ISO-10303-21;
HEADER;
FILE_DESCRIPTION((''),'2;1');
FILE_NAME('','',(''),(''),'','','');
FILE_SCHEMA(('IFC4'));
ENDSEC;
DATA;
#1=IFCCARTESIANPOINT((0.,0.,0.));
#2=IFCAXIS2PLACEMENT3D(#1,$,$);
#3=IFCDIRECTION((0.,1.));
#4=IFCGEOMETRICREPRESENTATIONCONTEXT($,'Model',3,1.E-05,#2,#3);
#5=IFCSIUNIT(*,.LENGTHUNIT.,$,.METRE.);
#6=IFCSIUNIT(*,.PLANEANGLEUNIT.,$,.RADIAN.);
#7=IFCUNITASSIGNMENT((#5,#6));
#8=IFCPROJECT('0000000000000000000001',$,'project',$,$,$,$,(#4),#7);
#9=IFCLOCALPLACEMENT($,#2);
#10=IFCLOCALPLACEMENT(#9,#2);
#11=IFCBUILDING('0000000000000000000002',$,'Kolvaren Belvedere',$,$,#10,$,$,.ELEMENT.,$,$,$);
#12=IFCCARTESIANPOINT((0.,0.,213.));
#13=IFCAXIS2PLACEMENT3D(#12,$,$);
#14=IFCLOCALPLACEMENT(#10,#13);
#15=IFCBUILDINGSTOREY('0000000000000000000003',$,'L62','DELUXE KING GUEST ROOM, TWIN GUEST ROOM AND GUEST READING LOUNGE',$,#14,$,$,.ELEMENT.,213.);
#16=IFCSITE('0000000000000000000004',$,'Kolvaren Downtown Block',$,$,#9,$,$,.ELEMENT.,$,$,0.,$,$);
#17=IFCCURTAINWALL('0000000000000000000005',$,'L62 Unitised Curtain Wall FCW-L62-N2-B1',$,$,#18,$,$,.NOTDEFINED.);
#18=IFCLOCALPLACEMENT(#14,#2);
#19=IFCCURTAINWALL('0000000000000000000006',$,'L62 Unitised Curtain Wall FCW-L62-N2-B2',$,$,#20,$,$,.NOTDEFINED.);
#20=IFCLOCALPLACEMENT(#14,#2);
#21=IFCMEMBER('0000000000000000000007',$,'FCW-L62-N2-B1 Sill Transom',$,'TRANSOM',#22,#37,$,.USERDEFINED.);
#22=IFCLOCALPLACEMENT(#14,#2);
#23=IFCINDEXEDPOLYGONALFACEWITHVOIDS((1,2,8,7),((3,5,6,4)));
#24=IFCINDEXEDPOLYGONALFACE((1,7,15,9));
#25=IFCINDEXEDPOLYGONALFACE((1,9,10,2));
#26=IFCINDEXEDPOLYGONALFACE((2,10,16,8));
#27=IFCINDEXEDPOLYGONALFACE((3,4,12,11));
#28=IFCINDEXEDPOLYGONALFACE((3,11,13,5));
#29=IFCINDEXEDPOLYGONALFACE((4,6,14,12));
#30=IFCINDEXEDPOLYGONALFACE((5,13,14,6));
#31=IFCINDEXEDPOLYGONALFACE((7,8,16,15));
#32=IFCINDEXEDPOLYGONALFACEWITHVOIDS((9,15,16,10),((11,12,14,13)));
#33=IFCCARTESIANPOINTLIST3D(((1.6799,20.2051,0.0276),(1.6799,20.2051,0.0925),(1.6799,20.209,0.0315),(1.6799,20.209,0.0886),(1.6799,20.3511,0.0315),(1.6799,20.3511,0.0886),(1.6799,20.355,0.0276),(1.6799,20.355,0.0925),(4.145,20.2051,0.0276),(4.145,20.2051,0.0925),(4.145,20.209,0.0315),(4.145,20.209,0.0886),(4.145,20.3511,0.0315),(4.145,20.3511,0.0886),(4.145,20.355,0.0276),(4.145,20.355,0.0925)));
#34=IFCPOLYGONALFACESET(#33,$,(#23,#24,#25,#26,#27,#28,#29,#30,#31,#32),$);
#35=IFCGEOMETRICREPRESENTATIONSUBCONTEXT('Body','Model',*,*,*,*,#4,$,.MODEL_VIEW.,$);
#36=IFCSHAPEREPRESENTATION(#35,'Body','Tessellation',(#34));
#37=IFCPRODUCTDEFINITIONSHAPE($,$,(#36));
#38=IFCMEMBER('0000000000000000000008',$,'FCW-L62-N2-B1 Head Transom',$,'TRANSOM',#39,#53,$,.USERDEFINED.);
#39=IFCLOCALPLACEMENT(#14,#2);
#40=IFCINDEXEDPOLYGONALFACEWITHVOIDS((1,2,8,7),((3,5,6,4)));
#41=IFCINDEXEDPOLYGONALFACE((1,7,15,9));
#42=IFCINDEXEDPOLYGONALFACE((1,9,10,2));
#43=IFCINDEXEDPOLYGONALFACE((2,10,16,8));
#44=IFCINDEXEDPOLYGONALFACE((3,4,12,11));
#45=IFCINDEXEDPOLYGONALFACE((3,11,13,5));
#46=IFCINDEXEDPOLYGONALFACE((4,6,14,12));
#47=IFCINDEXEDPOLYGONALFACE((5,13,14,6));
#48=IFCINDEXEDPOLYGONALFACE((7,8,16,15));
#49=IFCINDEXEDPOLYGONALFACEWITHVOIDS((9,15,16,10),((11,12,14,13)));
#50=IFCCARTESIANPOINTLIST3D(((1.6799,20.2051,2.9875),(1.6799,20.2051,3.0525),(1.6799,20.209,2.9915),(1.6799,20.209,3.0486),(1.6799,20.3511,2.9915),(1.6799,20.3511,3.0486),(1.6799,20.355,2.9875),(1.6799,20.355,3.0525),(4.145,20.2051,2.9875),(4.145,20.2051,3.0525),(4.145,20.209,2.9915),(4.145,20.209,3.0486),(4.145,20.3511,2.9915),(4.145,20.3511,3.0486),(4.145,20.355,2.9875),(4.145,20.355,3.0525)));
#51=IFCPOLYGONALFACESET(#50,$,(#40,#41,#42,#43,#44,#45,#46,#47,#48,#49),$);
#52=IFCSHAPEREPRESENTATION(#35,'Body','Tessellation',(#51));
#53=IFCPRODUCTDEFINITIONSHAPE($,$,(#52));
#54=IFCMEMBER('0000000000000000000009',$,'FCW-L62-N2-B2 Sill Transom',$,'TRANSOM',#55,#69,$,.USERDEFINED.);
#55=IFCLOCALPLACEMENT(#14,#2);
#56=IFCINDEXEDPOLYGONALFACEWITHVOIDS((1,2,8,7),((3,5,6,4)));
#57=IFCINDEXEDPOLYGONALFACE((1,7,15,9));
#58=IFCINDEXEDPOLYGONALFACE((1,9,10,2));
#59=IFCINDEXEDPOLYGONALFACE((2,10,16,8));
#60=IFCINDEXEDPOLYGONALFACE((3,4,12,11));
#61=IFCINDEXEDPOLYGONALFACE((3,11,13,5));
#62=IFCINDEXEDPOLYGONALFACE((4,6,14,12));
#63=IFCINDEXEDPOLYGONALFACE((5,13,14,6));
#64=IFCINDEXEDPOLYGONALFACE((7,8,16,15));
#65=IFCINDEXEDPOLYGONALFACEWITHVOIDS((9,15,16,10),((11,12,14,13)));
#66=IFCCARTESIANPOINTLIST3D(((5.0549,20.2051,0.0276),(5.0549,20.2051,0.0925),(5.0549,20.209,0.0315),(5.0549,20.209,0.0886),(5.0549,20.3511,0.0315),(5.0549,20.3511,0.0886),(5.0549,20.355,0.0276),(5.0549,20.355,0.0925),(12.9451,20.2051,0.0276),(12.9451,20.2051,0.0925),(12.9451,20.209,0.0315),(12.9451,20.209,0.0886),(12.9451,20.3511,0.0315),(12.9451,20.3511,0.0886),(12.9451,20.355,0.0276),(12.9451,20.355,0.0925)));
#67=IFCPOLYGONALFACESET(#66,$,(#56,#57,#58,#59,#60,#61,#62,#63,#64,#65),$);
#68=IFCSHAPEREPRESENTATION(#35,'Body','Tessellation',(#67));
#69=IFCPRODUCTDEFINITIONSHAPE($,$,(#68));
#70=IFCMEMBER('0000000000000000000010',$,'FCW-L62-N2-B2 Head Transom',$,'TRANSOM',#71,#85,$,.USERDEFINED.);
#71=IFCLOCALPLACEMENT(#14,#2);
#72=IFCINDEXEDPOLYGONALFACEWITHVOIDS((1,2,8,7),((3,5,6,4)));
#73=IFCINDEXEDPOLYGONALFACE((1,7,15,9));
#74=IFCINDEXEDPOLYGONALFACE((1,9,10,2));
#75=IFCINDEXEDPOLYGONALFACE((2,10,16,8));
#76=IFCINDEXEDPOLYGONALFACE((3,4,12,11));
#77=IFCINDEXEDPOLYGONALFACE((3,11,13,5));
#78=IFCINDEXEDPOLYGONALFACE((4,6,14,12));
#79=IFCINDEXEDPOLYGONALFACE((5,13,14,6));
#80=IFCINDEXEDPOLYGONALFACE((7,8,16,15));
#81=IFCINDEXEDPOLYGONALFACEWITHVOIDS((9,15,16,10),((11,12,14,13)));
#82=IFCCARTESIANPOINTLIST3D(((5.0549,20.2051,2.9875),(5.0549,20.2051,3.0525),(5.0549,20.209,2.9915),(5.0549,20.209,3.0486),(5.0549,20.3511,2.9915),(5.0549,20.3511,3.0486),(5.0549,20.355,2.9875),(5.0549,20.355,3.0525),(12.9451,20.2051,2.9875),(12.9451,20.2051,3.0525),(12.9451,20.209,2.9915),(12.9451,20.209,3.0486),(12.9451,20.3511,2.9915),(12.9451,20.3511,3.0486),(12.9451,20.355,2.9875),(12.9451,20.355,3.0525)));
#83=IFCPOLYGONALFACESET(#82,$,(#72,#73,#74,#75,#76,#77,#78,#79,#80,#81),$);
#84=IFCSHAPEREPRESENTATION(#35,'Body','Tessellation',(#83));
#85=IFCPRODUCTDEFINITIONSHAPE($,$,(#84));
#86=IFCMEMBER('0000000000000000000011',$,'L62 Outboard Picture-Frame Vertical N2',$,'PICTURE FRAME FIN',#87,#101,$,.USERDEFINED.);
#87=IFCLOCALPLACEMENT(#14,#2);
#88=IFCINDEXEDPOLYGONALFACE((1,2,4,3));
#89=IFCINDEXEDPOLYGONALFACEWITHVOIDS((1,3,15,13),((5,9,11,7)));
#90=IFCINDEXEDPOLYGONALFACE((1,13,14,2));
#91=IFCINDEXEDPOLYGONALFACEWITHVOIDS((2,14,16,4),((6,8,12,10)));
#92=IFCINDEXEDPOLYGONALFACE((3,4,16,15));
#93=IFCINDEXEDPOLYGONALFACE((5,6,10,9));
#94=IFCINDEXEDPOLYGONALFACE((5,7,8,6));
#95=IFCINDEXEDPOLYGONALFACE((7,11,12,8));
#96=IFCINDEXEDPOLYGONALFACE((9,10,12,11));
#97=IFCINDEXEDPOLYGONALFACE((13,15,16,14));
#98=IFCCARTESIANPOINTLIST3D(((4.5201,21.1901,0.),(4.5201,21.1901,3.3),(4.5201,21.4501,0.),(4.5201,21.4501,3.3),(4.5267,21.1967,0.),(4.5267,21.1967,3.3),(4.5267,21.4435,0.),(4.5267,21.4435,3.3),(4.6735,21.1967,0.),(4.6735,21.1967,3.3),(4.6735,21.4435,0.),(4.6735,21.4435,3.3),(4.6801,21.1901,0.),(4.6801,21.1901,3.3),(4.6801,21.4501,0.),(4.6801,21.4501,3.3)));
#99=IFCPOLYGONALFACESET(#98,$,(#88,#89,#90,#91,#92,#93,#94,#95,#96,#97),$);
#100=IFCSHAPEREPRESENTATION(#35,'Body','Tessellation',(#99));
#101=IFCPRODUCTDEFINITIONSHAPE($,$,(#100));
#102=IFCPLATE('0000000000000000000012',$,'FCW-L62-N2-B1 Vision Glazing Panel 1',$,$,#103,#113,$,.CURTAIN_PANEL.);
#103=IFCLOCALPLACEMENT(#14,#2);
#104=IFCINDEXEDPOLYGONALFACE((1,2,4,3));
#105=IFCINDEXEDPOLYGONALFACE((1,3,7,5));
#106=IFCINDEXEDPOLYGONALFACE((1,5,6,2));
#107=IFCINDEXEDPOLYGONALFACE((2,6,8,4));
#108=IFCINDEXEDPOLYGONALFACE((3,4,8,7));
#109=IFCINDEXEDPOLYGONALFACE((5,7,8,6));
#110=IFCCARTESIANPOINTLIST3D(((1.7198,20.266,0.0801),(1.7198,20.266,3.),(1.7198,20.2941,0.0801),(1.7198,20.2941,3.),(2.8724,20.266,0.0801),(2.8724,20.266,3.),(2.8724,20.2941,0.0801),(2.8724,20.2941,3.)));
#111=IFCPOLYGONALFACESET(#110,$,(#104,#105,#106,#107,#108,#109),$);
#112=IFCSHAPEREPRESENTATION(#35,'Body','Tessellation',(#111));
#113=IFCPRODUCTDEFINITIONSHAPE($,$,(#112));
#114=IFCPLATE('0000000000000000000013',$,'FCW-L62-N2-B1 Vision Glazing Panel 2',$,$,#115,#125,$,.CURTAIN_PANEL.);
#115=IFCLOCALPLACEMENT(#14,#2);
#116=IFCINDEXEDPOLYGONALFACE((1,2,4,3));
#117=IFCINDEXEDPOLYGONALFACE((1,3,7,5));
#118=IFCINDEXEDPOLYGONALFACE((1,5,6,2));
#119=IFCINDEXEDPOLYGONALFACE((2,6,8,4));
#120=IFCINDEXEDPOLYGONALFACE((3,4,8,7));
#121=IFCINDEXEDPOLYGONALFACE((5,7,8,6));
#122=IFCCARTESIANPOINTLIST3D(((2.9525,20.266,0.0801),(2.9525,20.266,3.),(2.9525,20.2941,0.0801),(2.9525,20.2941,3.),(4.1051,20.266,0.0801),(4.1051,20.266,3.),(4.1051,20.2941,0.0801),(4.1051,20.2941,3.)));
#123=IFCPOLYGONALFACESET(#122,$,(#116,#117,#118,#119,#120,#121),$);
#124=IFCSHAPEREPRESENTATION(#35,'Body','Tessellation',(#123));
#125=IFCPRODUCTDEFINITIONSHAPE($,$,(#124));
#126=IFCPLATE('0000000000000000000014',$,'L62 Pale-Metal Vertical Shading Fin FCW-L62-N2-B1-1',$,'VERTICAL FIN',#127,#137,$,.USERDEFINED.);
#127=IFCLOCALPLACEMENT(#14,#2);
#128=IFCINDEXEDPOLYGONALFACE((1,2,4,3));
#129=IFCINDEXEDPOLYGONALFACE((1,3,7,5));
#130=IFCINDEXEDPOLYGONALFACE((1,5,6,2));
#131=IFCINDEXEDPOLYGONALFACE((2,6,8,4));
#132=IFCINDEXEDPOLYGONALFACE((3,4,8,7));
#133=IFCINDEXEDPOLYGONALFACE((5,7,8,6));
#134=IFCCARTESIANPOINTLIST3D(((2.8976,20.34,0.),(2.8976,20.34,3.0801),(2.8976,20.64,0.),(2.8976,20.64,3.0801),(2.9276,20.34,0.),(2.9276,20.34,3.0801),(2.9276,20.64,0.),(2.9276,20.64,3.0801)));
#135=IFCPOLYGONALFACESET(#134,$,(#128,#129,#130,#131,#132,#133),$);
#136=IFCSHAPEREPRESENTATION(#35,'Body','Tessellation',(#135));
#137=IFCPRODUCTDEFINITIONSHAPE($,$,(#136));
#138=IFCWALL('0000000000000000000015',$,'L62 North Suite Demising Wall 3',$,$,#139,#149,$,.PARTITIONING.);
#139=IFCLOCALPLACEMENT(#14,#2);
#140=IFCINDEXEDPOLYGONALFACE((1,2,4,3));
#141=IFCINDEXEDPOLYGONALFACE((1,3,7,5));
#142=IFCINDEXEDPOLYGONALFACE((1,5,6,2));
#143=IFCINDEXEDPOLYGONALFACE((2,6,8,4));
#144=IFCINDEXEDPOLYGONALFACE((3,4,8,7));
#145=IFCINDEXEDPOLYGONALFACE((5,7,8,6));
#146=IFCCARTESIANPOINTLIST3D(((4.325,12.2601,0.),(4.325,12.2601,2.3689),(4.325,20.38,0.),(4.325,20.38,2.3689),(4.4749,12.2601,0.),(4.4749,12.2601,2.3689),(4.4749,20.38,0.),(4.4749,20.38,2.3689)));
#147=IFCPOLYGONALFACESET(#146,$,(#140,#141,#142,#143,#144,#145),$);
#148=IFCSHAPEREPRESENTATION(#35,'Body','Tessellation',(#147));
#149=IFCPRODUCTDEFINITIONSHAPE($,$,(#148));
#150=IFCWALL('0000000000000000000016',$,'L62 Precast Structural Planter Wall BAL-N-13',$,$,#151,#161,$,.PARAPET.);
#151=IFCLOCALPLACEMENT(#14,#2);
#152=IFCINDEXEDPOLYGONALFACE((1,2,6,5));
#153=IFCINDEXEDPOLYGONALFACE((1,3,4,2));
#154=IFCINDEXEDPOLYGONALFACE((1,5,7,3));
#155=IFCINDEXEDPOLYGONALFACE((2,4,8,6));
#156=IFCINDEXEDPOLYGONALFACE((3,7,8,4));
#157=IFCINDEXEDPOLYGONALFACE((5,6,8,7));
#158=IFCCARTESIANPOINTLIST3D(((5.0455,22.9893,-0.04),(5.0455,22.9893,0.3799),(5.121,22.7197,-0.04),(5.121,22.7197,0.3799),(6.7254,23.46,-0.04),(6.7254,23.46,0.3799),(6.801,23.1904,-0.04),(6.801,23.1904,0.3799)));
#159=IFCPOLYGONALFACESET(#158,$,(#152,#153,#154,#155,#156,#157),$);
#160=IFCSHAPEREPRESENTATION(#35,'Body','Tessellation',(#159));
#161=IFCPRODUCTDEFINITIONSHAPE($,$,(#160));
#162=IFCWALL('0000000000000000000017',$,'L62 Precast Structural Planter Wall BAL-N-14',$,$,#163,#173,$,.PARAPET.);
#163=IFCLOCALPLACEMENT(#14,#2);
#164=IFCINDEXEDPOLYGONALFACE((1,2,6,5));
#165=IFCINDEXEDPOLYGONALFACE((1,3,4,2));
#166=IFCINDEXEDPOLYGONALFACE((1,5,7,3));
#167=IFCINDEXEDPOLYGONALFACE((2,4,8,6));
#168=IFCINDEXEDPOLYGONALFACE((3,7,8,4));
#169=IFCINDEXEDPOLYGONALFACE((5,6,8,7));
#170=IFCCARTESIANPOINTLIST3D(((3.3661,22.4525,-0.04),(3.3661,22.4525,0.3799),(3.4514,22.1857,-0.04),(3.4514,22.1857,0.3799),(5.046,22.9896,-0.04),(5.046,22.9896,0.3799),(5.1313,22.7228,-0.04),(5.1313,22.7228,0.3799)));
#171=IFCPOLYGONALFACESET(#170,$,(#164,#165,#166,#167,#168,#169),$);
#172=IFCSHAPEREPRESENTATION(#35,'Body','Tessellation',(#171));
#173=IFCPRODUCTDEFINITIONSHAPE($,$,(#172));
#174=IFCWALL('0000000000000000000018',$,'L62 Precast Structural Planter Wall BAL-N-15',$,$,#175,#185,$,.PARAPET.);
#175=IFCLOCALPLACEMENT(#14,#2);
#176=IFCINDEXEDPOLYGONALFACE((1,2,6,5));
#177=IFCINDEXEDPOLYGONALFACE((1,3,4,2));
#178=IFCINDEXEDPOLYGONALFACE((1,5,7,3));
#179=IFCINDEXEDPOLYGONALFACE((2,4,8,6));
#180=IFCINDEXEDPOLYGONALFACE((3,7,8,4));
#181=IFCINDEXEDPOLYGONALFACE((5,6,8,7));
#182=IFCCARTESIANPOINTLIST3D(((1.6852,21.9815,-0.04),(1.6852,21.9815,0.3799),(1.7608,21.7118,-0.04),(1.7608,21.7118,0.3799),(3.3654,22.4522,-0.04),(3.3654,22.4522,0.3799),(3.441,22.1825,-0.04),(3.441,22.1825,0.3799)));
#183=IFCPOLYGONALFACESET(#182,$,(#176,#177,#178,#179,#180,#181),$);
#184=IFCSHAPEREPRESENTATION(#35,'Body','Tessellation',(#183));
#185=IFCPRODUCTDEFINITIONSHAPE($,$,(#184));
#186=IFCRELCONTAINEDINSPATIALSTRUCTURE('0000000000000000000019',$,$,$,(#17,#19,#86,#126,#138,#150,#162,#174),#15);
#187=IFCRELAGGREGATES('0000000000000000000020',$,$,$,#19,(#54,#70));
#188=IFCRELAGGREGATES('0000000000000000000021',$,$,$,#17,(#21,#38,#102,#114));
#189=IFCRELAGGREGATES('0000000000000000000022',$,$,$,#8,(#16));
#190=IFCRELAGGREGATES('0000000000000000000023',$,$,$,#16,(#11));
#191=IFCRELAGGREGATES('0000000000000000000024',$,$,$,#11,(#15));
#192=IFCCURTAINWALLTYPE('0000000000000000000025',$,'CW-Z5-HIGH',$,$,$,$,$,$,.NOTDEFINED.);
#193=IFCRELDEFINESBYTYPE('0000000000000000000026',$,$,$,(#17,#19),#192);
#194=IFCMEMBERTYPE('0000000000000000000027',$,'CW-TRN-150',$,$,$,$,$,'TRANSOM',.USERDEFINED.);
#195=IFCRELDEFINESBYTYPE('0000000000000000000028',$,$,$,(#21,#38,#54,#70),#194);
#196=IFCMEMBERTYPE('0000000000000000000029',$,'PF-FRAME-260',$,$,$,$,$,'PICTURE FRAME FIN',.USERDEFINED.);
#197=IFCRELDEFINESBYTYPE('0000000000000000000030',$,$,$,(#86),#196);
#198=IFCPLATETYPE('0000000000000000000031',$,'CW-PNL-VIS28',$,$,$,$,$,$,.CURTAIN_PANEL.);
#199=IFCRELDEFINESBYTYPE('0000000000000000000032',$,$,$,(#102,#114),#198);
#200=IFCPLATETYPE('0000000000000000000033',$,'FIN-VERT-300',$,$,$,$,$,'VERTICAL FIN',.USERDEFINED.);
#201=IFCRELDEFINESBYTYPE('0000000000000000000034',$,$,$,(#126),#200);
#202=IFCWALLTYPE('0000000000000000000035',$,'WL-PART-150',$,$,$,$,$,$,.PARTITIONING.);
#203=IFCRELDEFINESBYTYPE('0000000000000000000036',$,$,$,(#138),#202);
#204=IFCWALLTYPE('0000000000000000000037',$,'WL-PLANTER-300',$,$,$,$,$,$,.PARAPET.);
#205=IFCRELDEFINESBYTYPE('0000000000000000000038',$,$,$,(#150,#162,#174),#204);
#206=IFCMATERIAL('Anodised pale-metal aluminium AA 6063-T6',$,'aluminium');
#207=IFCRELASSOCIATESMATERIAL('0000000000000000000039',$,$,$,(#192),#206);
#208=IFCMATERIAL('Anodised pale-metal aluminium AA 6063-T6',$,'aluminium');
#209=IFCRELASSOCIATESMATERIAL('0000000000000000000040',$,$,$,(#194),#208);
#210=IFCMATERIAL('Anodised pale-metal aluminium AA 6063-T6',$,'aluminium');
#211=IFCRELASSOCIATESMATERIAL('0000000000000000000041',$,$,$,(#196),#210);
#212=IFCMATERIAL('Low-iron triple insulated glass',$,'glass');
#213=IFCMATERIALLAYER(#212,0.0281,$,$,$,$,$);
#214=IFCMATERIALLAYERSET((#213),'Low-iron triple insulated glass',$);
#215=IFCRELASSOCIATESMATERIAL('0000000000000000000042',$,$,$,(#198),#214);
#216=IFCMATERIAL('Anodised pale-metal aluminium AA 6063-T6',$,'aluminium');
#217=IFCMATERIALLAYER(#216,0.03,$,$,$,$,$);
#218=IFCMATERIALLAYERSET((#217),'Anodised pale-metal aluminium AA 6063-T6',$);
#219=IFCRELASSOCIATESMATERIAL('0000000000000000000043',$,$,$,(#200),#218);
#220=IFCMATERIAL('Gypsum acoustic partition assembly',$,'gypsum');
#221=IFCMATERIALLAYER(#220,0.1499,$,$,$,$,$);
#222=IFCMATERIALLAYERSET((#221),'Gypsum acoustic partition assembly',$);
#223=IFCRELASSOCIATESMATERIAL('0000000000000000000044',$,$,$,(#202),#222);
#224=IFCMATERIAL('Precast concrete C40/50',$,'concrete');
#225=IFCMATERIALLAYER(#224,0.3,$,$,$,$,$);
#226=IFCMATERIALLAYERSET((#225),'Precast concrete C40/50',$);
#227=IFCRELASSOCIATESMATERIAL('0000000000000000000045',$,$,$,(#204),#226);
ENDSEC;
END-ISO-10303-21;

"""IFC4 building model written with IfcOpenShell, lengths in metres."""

from ifc_helpers import new_model, si_unit, direction, frame, frame_2d, origin, origin_2d, place, context, subcontext, project, spatial, rectangle, hollow_rectangle, extrude, material, layer, layer_set, material_profile, profile_set, type_object, element, aggregate, save


model = new_model("IFC4")

# Units and contexts
model_context = context("Model", 3, precision=1e-05, world=origin(), true_north=direction((0.0, 1.0)))
body_context = subcontext(model_context, "Body", "Model", "MODEL_VIEW")
ifc_project = project(units=[si_unit("LENGTHUNIT", "METRE"), si_unit("PLANEANGLEUNIT", "RADIAN")], contexts=[model_context])

# Site, building, storey
site_placement = place(None, origin())
site = spatial("IfcSite", under=ifc_project, at=site_placement, Name="Kolvaren Downtown Block", CompositionType="ELEMENT", RefElevation=0.0)
building_placement = place(site_placement, origin())
building = spatial("IfcBuilding", under=site, at=building_placement, Name="Kolvaren Belvedere", CompositionType="ELEMENT")
storey_placement = place(building_placement, frame((0.0, 0.0, 213.0)))
storey = spatial("IfcBuildingStorey", under=building, at=storey_placement, Name="L62", Description="DELUXE KING GUEST ROOM, TWIN GUEST ROOM AND GUEST READING LOUNGE", CompositionType="ELEMENT", Elevation=213.0)

# Curtain wall
ifc_material_1 = material(Name="Anodised pale-metal aluminium AA 6063-T6", Category="aluminium")
curtain_wall_type = type_object("IfcCurtainWallType", Name="CW-Z5-HIGH", PredefinedType="NOTDEFINED", material=ifc_material_1)
curtain_wall_1_placement = place(storey_placement, origin())
curtain_wall_1 = element("IfcCurtainWall", 1, at=curtain_wall_1_placement, inside=storey, type_object=curtain_wall_type, Name="L62 Unitised Curtain Wall FCW-L62-N2-B1", PredefinedType="NOTDEFINED")

# Curtain wall
curtain_wall_2_placement = place(storey_placement, origin())
curtain_wall_2 = element("IfcCurtainWall", 2, at=curtain_wall_2_placement, inside=storey, type_object=curtain_wall_type, Name="L62 Unitised Curtain Wall FCW-L62-N2-B2", PredefinedType="NOTDEFINED")

# Members
ifc_material_2 = material(Name="Anodised pale-metal aluminium AA 6063-T6", Category="aluminium")
ifc_material_profile_1 = material_profile(ifc_material_2, hollow_rectangle(XDim=0.0649, YDim=0.1499, WallThickness=0.0039, at=origin_2d()), Name="ALU-TRN-150X65")
ifc_profile_set_1 = profile_set([ifc_material_profile_1], Name="Anodised pale-metal aluminium AA 6063-T6")
member_type_1 = type_object("IfcMemberType", Name="CW-TRN-150", ElementType="TRANSOM", PredefinedType="USERDEFINED", material=ifc_profile_set_1)
member_1_placement = place(storey_placement, frame((1.6799, 20.28, 0.0601), z_axis=(1.0, 0.0, 0.0), x_axis=(0.0, 0.0, 1.0)))
member_1 = element("IfcMember", 3, at=member_1_placement, type_object=member_type_1, Name="FCW-L62-N2-B1 Sill Transom", ObjectType="TRANSOM", PredefinedType="USERDEFINED", context=body_context, shape_type="SweptSolid", body=[
    extrude(hollow_rectangle(XDim=0.0649, YDim=0.1499, WallThickness=0.0039, at=origin_2d()), origin(), (0.0, 0.0, 1.0), 2.4651),
])
member_2_placement = place(storey_placement, frame((1.6799, 20.28, 3.02), z_axis=(1.0, 0.0, 0.0), x_axis=(0.0, 0.0, 1.0)))
member_2 = element("IfcMember", 4, at=member_2_placement, type_object=member_type_1, Name="FCW-L62-N2-B1 Head Transom", ObjectType="TRANSOM", PredefinedType="USERDEFINED", context=body_context, shape_type="SweptSolid", body=[
    extrude(hollow_rectangle(XDim=0.0649, YDim=0.1499, WallThickness=0.0039, at=origin_2d()), origin(), (0.0, 0.0, 1.0), 2.4651),
])
member_3_placement = place(storey_placement, frame((5.0549, 20.28, 0.0601), z_axis=(1.0, 0.0, 0.0), x_axis=(0.0, 0.0, 1.0)))
member_3 = element("IfcMember", 5, at=member_3_placement, type_object=member_type_1, Name="FCW-L62-N2-B2 Sill Transom", ObjectType="TRANSOM", PredefinedType="USERDEFINED", context=body_context, shape_type="SweptSolid", body=[
    extrude(hollow_rectangle(XDim=0.0649, YDim=0.1499, WallThickness=0.0039, at=origin_2d()), origin(), (0.0, 0.0, 1.0), 7.8901),
])
member_4_placement = place(storey_placement, frame((5.0549, 20.28, 3.02), z_axis=(1.0, 0.0, 0.0), x_axis=(0.0, 0.0, 1.0)))
member_4 = element("IfcMember", 6, at=member_4_placement, type_object=member_type_1, Name="FCW-L62-N2-B2 Head Transom", ObjectType="TRANSOM", PredefinedType="USERDEFINED", context=body_context, shape_type="SweptSolid", body=[
    extrude(hollow_rectangle(XDim=0.0649, YDim=0.1499, WallThickness=0.0039, at=origin_2d()), origin(), (0.0, 0.0, 1.0), 7.8901),
])
aggregate(curtain_wall_2, [member_3, member_4])
ifc_material_3 = material(Name="Anodised pale-metal aluminium AA 6063-T6", Category="aluminium")
ifc_material_profile_2 = material_profile(ifc_material_3, hollow_rectangle(XDim=0.1599, YDim=0.26, WallThickness=0.0066, at=origin_2d()), Name="ALU-PF-260X160")
ifc_profile_set_2 = profile_set([ifc_material_profile_2], Name="Anodised pale-metal aluminium AA 6063-T6")
member_type_2 = type_object("IfcMemberType", Name="PF-FRAME-260", ElementType="PICTURE FRAME FIN", PredefinedType="USERDEFINED", material=ifc_profile_set_2)
member_5_placement = place(storey_placement, frame((4.6001, 21.3201, 0.0), z_axis=(0.0, 0.0, 1.0), x_axis=(1.0, 0.0, 0.0)))
element("IfcMember", 7, at=member_5_placement, inside=storey, type_object=member_type_2, Name="L62 Outboard Picture-Frame Vertical N2", ObjectType="PICTURE FRAME FIN", PredefinedType="USERDEFINED", context=body_context, shape_type="SweptSolid", body=[
    extrude(hollow_rectangle(XDim=0.1599, YDim=0.26, WallThickness=0.0066, at=origin_2d()), origin(), (0.0, 0.0, 1.0), 3.3),
])

# Plates
ifc_material_4 = material(Name="Low-iron triple insulated glass", Category="glass")
ifc_layer_1 = layer(ifc_material_4, 0.0281)
ifc_layer_set_1 = layer_set([ifc_layer_1], Name="Low-iron triple insulated glass")
plate_type_1 = type_object("IfcPlateType", Name="CW-PNL-VIS28", PredefinedType="CURTAIN_PANEL", material=ifc_layer_set_1)
plate_1_placement = place(storey_placement, frame((2.2961, 20.28, 0.0801), z_axis=(0.0, 0.0, 1.0), x_axis=(1.0, 0.0, 0.0)))
plate_1 = element("IfcPlate", 8, at=plate_1_placement, type_object=plate_type_1, Name="FCW-L62-N2-B1 Vision Glazing Panel 1", PredefinedType="CURTAIN_PANEL", context=body_context, shape_type="SweptSolid", body=[
    extrude(rectangle(XDim=1.1526, YDim=0.0281, at=origin_2d()), origin(), (0.0, 0.0, 1.0), 2.9199),
])
plate_2_placement = place(storey_placement, frame((3.5288, 20.28, 0.0801), z_axis=(0.0, 0.0, 1.0), x_axis=(1.0, 0.0, 0.0)))
plate_2 = element("IfcPlate", 9, at=plate_2_placement, type_object=plate_type_1, Name="FCW-L62-N2-B1 Vision Glazing Panel 2", PredefinedType="CURTAIN_PANEL", context=body_context, shape_type="SweptSolid", body=[
    extrude(rectangle(XDim=1.1526, YDim=0.0281, at=origin_2d()), origin(), (0.0, 0.0, 1.0), 2.9199),
])
aggregate(curtain_wall_1, [member_1, member_2, plate_1, plate_2])
ifc_material_5 = material(Name="Anodised pale-metal aluminium AA 6063-T6", Category="aluminium")
ifc_layer_2 = layer(ifc_material_5, 0.03)
ifc_layer_set_2 = layer_set([ifc_layer_2], Name="Anodised pale-metal aluminium AA 6063-T6")
plate_type_2 = type_object("IfcPlateType", Name="FIN-VERT-300", ElementType="VERTICAL FIN", PredefinedType="USERDEFINED", material=ifc_layer_set_2)
plate_3_placement = place(storey_placement, frame((2.9126, 20.49, 0.0), z_axis=(0.0, 0.0, 1.0), x_axis=(0.0, 1.0, 0.0)))
element("IfcPlate", 10, at=plate_3_placement, inside=storey, type_object=plate_type_2, Name="L62 Pale-Metal Vertical Shading Fin FCW-L62-N2-B1-1", ObjectType="VERTICAL FIN", PredefinedType="USERDEFINED", context=body_context, shape_type="SweptSolid", body=[
    extrude(rectangle(XDim=0.3, YDim=0.03, at=origin_2d()), origin(), (0.0, 0.0, 1.0), 3.0801),
])

# Walls
ifc_material_6 = material(Name="Gypsum acoustic partition assembly", Category="gypsum")
ifc_layer_3 = layer(ifc_material_6, 0.1499)
ifc_layer_set_3 = layer_set([ifc_layer_3], Name="Gypsum acoustic partition assembly")
wall_type_1 = type_object("IfcWallType", Name="WL-PART-150", PredefinedType="PARTITIONING", material=ifc_layer_set_3)
wall_1_placement = place(storey_placement, frame((4.3999, 12.26, 0.0), z_axis=(0.0, 0.0, 1.0), x_axis=(0.0, 1.0, 0.0)))
element("IfcWall", 11, at=wall_1_placement, inside=storey, type_object=wall_type_1, Name="L62 North Suite Demising Wall 3", PredefinedType="PARTITIONING", context=body_context, shape_type="SweptSolid", body=[
    extrude(rectangle(XDim=8.1199, YDim=0.1499, at=frame_2d((4.0601, 0.0))), origin(), (0.0, 0.0, 1.0), 2.3689),
])
ifc_material_7 = material(Name="Precast concrete C40/50", Category="concrete")
ifc_layer_4 = layer(ifc_material_7, 0.3)
ifc_layer_set_4 = layer_set([ifc_layer_4], Name="Precast concrete C40/50")
wall_type_2 = type_object("IfcWallType", Name="WL-PLANTER-300", PredefinedType="PARAPET", material=ifc_layer_set_4)
wall_2_placement = place(storey_placement, frame((6.7632, 23.3252, -0.04), z_axis=(0.0, 0.0, 1.0), x_axis=(-0.962916, -0.269801, 0.0)))
element("IfcWall", 12, at=wall_2_placement, inside=storey, type_object=wall_type_2, Name="L62 Precast Structural Planter Wall BAL-N-13", PredefinedType="PARAPET", context=body_context, shape_type="SweptSolid", body=[
    extrude(rectangle(XDim=1.7446, YDim=0.28, at=frame_2d((0.8723, 0.0))), origin(), (0.0, 0.0, 1.0), 0.4199),
])
wall_3_placement = place(storey_placement, frame((5.0886, 22.8562, -0.04), z_axis=(0.0, 0.0, 1.0), x_axis=(-0.952501, -0.304535, 0.0)))
element("IfcWall", 13, at=wall_3_placement, inside=storey, type_object=wall_type_2, Name="L62 Precast Structural Planter Wall BAL-N-14", PredefinedType="PARAPET", context=body_context, shape_type="SweptSolid", body=[
    extrude(rectangle(XDim=1.7637, YDim=0.28, at=frame_2d((0.8818, 0.0))), origin(), (0.0, 0.0, 1.0), 0.4199),
])
wall_4_placement = place(storey_placement, frame((3.4033, 22.3174, -0.04), z_axis=(0.0, 0.0, 1.0), x_axis=(-0.962926, -0.269765, 0.0)))
element("IfcWall", 14, at=wall_4_placement, inside=storey, type_object=wall_type_2, Name="L62 Precast Structural Planter Wall BAL-N-15", PredefinedType="PARAPET", context=body_context, shape_type="SweptSolid", body=[
    extrude(rectangle(XDim=1.7449, YDim=0.28, at=frame_2d((0.8726, 0.0))), origin(), (0.0, 0.0, 1.0), 0.4199),
])

save(model, "model.ifc")
